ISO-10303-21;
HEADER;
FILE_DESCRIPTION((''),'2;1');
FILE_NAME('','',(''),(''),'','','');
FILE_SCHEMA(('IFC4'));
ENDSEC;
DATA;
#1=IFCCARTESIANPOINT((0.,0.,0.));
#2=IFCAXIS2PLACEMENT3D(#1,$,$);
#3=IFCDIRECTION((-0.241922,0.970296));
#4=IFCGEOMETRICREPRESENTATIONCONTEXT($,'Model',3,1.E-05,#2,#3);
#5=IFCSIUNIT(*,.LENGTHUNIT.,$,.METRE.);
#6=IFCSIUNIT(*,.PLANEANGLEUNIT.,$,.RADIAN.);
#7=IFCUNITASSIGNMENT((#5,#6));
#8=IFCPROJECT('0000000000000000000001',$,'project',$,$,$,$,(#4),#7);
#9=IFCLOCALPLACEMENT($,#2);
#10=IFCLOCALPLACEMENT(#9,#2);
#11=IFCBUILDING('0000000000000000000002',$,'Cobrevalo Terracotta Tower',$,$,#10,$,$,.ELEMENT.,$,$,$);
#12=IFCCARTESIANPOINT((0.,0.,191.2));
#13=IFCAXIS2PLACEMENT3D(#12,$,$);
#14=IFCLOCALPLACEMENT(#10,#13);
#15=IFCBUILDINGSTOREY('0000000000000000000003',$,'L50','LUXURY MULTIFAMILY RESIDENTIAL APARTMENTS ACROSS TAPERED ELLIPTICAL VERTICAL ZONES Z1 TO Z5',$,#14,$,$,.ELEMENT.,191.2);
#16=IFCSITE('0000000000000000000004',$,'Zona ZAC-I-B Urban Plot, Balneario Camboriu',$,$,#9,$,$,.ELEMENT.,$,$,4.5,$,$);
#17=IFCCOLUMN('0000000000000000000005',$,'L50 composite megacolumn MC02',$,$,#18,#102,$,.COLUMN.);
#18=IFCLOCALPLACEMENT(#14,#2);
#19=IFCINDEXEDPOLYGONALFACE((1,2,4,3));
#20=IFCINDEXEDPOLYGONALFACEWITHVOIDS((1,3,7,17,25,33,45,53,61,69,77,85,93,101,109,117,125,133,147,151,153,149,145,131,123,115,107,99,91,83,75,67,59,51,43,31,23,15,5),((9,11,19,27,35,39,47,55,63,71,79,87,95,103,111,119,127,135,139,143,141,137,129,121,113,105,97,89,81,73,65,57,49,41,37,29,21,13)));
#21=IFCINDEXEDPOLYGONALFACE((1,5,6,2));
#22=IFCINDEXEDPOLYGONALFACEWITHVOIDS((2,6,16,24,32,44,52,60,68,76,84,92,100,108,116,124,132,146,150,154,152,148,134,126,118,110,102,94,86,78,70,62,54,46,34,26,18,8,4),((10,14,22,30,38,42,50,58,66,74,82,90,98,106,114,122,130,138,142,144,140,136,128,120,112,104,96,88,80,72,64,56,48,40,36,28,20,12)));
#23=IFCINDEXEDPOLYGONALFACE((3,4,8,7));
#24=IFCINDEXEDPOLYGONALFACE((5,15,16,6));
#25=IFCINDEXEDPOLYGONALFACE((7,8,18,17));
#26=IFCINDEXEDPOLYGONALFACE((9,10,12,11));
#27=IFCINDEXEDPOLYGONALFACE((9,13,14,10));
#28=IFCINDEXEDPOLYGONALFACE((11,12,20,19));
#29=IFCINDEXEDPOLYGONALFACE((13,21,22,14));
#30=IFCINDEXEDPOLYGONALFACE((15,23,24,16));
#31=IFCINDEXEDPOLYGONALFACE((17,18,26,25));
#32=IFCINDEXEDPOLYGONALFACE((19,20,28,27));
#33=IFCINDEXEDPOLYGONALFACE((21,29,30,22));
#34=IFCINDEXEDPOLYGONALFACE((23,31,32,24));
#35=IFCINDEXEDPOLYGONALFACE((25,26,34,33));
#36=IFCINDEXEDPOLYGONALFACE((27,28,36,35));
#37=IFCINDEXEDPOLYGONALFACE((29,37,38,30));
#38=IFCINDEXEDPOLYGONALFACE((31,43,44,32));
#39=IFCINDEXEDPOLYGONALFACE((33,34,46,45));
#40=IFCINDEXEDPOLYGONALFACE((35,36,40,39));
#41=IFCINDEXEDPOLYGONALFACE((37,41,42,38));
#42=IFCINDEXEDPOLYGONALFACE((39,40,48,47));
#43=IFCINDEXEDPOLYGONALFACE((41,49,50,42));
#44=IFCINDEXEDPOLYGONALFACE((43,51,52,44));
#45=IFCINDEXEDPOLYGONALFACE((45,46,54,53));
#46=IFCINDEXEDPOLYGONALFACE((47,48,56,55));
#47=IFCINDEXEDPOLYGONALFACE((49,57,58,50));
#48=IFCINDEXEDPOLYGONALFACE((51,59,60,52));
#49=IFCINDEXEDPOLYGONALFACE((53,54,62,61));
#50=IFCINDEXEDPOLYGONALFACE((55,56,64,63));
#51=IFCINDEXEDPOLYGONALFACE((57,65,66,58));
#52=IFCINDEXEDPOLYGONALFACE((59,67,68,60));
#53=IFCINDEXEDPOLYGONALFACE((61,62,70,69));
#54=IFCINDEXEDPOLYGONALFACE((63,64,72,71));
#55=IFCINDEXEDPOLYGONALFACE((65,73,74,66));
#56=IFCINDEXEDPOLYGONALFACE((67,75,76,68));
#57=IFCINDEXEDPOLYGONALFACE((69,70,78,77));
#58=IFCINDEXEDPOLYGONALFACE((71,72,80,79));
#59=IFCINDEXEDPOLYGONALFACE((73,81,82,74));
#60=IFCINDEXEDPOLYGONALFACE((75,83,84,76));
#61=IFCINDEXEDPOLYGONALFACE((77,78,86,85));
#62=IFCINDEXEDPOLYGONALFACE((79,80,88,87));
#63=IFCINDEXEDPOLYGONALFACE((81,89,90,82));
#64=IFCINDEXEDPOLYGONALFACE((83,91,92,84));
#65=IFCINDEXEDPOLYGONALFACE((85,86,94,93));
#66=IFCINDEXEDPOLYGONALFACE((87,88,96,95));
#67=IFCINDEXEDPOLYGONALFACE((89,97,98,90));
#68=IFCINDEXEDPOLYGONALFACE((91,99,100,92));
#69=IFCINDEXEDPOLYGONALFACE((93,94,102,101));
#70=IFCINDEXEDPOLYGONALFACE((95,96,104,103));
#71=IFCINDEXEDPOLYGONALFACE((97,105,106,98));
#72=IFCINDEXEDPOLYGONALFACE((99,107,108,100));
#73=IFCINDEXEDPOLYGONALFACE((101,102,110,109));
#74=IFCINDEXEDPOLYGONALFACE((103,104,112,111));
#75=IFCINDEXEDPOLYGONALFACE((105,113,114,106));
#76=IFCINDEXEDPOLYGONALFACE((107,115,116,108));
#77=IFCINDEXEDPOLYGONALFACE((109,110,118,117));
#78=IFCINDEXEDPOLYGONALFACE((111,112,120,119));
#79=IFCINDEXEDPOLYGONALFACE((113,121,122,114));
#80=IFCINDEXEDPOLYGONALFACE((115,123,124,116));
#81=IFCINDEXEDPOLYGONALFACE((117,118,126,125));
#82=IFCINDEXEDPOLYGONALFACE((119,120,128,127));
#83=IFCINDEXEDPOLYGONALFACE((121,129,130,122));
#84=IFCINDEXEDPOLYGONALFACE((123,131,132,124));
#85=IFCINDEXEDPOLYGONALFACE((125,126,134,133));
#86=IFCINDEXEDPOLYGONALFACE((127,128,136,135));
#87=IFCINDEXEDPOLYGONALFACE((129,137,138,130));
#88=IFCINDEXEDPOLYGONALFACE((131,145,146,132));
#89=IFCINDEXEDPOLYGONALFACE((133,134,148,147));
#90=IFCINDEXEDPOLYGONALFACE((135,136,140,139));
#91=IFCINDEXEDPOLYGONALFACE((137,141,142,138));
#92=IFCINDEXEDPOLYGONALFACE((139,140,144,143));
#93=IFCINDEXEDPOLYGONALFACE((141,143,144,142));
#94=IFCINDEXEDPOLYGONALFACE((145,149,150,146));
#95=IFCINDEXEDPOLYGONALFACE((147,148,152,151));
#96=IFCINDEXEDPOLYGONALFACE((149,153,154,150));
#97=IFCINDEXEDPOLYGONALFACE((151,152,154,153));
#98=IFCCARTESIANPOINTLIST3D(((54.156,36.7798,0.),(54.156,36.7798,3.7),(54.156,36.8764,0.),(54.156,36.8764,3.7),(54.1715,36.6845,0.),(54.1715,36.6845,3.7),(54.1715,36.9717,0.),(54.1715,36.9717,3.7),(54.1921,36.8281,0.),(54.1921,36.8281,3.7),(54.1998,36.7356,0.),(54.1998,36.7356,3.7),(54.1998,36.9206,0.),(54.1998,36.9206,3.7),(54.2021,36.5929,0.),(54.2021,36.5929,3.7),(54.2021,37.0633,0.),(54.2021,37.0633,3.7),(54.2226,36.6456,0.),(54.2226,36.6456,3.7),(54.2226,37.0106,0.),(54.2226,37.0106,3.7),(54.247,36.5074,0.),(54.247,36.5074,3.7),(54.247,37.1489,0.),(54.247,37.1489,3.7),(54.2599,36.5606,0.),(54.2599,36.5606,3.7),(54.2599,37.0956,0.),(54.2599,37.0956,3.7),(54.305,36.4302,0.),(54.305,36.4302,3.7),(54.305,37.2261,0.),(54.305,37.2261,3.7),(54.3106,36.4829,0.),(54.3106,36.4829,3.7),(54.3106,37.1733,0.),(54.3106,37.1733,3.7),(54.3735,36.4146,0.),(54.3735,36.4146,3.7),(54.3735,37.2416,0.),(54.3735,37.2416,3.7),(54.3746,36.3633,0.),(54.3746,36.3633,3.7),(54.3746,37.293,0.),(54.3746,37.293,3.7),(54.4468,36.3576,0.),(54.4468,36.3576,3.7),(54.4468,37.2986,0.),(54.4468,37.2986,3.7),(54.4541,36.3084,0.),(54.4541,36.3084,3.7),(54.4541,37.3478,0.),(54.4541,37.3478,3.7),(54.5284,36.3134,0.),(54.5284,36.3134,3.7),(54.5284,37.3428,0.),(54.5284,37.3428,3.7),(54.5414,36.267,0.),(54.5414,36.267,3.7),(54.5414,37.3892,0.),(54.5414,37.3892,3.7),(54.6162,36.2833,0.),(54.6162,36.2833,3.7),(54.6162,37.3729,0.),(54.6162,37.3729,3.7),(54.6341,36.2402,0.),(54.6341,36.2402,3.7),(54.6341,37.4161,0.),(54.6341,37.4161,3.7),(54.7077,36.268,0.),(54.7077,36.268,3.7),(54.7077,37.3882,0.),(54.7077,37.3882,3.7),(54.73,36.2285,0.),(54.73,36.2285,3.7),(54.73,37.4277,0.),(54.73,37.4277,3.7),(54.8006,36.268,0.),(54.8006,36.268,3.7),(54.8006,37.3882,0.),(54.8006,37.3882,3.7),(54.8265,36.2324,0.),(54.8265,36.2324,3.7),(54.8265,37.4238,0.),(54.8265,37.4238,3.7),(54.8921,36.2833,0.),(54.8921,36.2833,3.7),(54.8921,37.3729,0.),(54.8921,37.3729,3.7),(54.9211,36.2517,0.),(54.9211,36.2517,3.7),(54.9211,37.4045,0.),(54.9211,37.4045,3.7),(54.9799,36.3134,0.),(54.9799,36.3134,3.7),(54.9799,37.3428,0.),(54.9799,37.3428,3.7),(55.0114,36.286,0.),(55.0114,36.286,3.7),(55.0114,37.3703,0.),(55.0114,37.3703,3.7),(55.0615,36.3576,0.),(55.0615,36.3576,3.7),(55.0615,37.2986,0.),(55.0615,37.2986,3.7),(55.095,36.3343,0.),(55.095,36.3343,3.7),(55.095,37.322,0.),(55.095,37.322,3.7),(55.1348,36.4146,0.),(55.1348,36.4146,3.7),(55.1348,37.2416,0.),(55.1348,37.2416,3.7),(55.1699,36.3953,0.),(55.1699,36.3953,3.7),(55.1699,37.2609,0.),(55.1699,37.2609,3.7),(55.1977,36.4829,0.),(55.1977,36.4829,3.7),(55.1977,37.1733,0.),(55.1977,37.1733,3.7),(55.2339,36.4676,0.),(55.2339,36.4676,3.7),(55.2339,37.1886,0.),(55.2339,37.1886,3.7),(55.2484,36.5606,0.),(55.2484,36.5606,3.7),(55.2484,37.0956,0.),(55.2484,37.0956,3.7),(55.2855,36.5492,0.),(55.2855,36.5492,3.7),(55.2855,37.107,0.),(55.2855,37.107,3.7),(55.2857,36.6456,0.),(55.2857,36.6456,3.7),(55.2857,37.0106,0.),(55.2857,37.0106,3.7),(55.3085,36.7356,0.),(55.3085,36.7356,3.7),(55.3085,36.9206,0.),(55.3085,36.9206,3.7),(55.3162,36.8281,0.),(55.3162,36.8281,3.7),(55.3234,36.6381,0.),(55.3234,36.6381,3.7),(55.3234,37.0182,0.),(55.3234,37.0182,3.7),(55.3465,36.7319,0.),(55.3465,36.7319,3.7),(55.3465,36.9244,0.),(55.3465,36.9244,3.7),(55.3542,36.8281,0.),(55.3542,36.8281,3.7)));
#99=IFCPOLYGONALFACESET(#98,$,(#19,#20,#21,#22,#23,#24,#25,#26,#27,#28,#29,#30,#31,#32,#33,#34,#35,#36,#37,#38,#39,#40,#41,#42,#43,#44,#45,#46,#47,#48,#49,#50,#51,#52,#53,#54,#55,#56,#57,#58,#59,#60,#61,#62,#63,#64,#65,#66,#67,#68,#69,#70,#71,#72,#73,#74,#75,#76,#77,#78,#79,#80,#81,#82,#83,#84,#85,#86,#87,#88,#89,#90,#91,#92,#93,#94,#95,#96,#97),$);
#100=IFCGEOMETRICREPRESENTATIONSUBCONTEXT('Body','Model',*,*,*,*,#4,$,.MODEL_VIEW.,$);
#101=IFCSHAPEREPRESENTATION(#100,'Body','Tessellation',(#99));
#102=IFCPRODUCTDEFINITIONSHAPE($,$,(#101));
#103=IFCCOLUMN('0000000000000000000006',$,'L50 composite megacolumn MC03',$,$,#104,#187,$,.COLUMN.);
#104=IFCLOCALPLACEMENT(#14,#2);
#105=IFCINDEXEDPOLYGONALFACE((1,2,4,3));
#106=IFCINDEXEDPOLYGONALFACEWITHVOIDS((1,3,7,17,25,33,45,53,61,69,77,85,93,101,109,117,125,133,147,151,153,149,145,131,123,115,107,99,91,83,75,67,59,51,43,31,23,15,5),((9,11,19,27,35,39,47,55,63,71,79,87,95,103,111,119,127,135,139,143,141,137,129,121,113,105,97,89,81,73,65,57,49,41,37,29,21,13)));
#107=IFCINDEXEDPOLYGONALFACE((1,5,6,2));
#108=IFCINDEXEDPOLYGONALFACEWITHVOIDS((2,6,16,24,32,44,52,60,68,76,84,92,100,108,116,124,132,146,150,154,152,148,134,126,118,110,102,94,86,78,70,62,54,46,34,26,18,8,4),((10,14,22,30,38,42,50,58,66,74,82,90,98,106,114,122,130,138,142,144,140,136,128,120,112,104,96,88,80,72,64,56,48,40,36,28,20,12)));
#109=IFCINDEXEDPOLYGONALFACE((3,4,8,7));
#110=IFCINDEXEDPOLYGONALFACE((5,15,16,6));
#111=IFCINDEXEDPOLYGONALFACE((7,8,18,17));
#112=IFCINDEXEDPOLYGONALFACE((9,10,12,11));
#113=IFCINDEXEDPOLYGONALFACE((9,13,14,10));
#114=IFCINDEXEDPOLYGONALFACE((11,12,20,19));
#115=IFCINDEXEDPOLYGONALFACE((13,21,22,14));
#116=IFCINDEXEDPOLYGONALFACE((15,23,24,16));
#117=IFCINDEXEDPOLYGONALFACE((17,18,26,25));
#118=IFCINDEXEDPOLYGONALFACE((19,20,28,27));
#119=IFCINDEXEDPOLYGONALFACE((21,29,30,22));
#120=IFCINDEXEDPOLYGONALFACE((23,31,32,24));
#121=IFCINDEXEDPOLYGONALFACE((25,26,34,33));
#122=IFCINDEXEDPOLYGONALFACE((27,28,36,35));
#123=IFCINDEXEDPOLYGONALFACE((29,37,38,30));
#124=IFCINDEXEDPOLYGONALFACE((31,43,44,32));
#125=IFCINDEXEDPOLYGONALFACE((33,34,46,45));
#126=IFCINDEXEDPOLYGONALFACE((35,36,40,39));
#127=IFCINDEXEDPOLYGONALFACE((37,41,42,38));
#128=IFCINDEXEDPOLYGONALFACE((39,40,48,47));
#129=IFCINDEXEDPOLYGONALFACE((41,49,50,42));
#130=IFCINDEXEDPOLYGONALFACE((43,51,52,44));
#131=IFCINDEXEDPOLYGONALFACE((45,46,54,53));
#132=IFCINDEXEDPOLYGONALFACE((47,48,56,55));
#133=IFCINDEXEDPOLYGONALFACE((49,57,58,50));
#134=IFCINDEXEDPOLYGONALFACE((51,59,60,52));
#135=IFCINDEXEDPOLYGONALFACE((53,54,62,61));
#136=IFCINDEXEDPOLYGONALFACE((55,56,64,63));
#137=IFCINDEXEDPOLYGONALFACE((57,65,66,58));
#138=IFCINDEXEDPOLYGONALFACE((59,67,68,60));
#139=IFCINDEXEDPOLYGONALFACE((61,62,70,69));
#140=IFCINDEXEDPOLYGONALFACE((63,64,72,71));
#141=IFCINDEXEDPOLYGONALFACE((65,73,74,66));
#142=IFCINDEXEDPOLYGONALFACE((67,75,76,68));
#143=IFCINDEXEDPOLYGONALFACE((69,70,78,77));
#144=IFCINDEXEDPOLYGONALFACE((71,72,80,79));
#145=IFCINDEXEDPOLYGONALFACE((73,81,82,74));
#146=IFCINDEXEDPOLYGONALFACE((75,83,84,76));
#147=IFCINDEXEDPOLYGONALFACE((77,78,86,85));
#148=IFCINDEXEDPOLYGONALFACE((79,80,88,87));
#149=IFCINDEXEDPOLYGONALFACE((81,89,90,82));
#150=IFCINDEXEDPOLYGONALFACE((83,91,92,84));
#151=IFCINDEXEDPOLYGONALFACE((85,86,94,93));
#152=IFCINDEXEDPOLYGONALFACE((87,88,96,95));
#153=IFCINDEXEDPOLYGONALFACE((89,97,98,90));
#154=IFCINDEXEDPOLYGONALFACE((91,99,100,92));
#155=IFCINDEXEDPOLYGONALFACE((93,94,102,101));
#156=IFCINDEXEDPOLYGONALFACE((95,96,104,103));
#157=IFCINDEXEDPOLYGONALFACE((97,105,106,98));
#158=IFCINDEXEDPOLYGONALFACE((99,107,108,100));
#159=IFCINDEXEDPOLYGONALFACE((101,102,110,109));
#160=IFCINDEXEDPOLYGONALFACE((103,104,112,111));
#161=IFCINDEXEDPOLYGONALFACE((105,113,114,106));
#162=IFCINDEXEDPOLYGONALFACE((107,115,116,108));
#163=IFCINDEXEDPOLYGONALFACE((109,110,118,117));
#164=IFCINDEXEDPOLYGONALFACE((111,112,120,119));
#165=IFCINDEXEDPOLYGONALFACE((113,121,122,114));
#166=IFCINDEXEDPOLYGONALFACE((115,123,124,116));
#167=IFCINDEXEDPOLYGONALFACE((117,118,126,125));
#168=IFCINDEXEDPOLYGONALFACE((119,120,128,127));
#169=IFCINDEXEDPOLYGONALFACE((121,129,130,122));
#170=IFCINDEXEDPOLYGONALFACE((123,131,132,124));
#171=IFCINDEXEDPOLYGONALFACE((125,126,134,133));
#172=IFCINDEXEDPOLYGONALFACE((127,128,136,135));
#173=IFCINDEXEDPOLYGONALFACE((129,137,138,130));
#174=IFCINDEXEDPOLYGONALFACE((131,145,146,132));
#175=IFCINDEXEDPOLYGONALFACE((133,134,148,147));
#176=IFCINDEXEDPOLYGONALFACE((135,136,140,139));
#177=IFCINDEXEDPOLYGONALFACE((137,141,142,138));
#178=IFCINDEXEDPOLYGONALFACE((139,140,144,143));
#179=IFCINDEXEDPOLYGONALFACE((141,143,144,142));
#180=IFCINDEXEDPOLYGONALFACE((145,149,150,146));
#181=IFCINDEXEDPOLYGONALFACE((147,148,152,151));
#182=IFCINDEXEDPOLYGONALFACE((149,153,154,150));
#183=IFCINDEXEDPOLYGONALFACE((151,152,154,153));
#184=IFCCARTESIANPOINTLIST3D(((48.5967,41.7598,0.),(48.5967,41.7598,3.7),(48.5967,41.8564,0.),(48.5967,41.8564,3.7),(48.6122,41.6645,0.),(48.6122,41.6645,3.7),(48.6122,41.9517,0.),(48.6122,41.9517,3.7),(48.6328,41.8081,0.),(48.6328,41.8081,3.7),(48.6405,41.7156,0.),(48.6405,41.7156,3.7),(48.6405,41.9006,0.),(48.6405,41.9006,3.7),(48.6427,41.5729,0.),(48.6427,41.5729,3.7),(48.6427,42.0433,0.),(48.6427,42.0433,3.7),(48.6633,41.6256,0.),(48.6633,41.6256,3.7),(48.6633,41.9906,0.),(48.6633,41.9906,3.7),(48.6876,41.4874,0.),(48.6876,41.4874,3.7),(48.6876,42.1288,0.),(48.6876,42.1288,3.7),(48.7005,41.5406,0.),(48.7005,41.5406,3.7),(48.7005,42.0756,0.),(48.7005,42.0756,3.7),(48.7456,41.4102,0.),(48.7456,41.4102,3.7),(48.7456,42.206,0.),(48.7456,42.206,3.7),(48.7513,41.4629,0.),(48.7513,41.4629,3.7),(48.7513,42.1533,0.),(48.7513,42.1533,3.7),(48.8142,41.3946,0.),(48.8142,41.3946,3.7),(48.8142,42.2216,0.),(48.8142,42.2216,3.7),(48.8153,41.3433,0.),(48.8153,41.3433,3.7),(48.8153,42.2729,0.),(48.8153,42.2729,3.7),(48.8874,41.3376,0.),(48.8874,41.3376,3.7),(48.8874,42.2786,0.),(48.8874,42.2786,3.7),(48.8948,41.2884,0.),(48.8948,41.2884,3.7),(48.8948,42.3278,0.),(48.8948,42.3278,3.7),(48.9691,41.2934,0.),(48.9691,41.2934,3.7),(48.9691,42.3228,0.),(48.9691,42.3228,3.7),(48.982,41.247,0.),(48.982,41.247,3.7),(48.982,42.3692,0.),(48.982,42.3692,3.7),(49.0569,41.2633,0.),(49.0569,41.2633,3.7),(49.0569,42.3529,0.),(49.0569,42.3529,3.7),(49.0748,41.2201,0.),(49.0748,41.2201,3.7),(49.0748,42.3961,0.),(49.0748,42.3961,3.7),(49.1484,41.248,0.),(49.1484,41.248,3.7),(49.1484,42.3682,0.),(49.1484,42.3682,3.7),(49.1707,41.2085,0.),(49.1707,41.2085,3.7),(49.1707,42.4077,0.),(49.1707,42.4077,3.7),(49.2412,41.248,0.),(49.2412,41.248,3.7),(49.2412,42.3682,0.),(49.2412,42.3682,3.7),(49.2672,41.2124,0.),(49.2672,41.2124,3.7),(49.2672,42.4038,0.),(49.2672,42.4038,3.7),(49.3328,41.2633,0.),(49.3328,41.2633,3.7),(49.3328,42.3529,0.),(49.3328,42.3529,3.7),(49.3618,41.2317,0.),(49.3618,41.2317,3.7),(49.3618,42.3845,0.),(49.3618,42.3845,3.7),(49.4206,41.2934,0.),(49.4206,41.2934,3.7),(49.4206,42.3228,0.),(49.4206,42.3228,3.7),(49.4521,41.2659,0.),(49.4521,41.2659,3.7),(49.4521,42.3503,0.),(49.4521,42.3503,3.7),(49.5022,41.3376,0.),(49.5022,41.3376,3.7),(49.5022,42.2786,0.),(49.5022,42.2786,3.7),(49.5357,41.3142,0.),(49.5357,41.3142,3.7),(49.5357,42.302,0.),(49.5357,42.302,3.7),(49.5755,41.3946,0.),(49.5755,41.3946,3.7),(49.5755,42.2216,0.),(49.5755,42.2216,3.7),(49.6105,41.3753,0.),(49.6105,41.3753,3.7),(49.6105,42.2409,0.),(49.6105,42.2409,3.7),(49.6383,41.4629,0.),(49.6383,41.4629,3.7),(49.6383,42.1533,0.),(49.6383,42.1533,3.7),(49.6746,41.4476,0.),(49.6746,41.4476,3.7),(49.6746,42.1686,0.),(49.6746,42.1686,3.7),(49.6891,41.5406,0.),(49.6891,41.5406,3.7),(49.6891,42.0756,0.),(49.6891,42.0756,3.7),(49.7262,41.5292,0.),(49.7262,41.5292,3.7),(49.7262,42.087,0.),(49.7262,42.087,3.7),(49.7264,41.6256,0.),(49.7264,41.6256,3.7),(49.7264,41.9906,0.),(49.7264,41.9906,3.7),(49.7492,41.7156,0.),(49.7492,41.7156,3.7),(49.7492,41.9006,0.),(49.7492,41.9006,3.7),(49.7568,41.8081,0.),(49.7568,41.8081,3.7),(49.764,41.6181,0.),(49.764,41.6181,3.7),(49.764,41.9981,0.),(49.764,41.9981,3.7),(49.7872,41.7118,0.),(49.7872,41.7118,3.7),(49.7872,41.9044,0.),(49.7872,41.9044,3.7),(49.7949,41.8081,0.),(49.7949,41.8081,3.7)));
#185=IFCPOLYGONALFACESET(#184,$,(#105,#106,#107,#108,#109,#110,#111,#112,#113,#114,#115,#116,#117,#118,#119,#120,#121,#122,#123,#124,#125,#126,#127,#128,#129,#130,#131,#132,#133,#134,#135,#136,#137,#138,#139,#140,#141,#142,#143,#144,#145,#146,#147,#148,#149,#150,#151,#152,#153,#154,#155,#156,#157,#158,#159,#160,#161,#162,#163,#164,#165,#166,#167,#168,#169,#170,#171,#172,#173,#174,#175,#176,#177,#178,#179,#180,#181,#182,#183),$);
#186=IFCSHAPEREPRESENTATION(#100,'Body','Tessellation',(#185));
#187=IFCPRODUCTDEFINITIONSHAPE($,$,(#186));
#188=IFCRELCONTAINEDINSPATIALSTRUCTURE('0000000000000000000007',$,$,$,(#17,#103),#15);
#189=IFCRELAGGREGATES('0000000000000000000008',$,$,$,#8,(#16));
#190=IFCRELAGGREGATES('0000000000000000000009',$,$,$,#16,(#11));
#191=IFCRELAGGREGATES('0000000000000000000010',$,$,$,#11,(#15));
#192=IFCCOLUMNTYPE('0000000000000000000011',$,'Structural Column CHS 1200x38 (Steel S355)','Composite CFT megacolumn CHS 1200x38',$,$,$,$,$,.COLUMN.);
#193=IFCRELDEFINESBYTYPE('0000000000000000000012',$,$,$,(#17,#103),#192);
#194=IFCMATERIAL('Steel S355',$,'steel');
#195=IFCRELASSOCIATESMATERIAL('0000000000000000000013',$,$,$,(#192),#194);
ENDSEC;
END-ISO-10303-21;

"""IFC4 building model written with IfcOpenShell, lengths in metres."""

from ifc_helpers import new_model, si_unit, direction, frame, origin, origin_2d, place, context, subcontext, project, spatial, hollow_circle, extrude, material, material_profile, profile_set, type_object, element, save


model = new_model("IFC4")

# Units and contexts
model_context = context("Model", 3, precision=1e-05, world=origin(), true_north=direction((-0.241922, 0.970296)))
body_context = subcontext(model_context, "Body", "Model", "MODEL_VIEW")
ifc_project = project(units=[si_unit("LENGTHUNIT", "METRE"), si_unit("PLANEANGLEUNIT", "RADIAN")], contexts=[model_context])

# Site, building, storey
site_placement = place(None, origin())
site = spatial("IfcSite", under=ifc_project, at=site_placement, Name="Zona ZAC-I-B Urban Plot, Balneario Camboriu", CompositionType="ELEMENT", RefElevation=4.5)
building_placement = place(site_placement, origin())
building = spatial("IfcBuilding", under=site, at=building_placement, Name="Cobrevalo Terracotta Tower", CompositionType="ELEMENT")
storey_placement = place(building_placement, frame((0.0, 0.0, 191.2)))
storey = spatial("IfcBuildingStorey", under=building, at=storey_placement, Name="L50", Description="LUXURY MULTIFAMILY RESIDENTIAL APARTMENTS ACROSS TAPERED ELLIPTICAL VERTICAL ZONES Z1 TO Z5", CompositionType="ELEMENT", Elevation=191.2)

# Columns
ifc_material_1 = material(Name="Steel S355", Category="steel")
ifc_material_profile_1 = material_profile(ifc_material_1, hollow_circle(Radius=0.6001, WallThickness=0.0381, at=origin_2d()), Name="CHS 1200x38")
ifc_profile_set_1 = profile_set([ifc_material_profile_1], Name="Steel S355")
column_type = type_object("IfcColumnType", Name="Structural Column CHS 1200x38 (Steel S355)", Description="Composite CFT megacolumn CHS 1200x38", PredefinedType="COLUMN", material=ifc_profile_set_1)
for number, where, z_axis, x_axis, name in (
    (1, (54.7542, 36.8281, 0.0), (0.0, 0.0, 1.0), (1.0, 0.0, 0.0), "L50 composite megacolumn MC02"),
    (2, (49.1948, 41.8081, 0.0), (0.0, 0.0, 1.0), (1.0, 0.0, 0.0), "L50 composite megacolumn MC03"),
):
    element("IfcColumn", number, at=place(storey_placement, frame(where, z_axis=z_axis, x_axis=x_axis)), inside=storey, type_object=column_type, Name=name, PredefinedType="COLUMN", context=body_context, shape_type="SweptSolid", body=[
        extrude(hollow_circle(Radius=0.6001, WallThickness=0.0381, at=origin_2d()), origin(), (0.0, 0.0, 1.0), 3.7),
    ])

save(model, "model.ifc")
